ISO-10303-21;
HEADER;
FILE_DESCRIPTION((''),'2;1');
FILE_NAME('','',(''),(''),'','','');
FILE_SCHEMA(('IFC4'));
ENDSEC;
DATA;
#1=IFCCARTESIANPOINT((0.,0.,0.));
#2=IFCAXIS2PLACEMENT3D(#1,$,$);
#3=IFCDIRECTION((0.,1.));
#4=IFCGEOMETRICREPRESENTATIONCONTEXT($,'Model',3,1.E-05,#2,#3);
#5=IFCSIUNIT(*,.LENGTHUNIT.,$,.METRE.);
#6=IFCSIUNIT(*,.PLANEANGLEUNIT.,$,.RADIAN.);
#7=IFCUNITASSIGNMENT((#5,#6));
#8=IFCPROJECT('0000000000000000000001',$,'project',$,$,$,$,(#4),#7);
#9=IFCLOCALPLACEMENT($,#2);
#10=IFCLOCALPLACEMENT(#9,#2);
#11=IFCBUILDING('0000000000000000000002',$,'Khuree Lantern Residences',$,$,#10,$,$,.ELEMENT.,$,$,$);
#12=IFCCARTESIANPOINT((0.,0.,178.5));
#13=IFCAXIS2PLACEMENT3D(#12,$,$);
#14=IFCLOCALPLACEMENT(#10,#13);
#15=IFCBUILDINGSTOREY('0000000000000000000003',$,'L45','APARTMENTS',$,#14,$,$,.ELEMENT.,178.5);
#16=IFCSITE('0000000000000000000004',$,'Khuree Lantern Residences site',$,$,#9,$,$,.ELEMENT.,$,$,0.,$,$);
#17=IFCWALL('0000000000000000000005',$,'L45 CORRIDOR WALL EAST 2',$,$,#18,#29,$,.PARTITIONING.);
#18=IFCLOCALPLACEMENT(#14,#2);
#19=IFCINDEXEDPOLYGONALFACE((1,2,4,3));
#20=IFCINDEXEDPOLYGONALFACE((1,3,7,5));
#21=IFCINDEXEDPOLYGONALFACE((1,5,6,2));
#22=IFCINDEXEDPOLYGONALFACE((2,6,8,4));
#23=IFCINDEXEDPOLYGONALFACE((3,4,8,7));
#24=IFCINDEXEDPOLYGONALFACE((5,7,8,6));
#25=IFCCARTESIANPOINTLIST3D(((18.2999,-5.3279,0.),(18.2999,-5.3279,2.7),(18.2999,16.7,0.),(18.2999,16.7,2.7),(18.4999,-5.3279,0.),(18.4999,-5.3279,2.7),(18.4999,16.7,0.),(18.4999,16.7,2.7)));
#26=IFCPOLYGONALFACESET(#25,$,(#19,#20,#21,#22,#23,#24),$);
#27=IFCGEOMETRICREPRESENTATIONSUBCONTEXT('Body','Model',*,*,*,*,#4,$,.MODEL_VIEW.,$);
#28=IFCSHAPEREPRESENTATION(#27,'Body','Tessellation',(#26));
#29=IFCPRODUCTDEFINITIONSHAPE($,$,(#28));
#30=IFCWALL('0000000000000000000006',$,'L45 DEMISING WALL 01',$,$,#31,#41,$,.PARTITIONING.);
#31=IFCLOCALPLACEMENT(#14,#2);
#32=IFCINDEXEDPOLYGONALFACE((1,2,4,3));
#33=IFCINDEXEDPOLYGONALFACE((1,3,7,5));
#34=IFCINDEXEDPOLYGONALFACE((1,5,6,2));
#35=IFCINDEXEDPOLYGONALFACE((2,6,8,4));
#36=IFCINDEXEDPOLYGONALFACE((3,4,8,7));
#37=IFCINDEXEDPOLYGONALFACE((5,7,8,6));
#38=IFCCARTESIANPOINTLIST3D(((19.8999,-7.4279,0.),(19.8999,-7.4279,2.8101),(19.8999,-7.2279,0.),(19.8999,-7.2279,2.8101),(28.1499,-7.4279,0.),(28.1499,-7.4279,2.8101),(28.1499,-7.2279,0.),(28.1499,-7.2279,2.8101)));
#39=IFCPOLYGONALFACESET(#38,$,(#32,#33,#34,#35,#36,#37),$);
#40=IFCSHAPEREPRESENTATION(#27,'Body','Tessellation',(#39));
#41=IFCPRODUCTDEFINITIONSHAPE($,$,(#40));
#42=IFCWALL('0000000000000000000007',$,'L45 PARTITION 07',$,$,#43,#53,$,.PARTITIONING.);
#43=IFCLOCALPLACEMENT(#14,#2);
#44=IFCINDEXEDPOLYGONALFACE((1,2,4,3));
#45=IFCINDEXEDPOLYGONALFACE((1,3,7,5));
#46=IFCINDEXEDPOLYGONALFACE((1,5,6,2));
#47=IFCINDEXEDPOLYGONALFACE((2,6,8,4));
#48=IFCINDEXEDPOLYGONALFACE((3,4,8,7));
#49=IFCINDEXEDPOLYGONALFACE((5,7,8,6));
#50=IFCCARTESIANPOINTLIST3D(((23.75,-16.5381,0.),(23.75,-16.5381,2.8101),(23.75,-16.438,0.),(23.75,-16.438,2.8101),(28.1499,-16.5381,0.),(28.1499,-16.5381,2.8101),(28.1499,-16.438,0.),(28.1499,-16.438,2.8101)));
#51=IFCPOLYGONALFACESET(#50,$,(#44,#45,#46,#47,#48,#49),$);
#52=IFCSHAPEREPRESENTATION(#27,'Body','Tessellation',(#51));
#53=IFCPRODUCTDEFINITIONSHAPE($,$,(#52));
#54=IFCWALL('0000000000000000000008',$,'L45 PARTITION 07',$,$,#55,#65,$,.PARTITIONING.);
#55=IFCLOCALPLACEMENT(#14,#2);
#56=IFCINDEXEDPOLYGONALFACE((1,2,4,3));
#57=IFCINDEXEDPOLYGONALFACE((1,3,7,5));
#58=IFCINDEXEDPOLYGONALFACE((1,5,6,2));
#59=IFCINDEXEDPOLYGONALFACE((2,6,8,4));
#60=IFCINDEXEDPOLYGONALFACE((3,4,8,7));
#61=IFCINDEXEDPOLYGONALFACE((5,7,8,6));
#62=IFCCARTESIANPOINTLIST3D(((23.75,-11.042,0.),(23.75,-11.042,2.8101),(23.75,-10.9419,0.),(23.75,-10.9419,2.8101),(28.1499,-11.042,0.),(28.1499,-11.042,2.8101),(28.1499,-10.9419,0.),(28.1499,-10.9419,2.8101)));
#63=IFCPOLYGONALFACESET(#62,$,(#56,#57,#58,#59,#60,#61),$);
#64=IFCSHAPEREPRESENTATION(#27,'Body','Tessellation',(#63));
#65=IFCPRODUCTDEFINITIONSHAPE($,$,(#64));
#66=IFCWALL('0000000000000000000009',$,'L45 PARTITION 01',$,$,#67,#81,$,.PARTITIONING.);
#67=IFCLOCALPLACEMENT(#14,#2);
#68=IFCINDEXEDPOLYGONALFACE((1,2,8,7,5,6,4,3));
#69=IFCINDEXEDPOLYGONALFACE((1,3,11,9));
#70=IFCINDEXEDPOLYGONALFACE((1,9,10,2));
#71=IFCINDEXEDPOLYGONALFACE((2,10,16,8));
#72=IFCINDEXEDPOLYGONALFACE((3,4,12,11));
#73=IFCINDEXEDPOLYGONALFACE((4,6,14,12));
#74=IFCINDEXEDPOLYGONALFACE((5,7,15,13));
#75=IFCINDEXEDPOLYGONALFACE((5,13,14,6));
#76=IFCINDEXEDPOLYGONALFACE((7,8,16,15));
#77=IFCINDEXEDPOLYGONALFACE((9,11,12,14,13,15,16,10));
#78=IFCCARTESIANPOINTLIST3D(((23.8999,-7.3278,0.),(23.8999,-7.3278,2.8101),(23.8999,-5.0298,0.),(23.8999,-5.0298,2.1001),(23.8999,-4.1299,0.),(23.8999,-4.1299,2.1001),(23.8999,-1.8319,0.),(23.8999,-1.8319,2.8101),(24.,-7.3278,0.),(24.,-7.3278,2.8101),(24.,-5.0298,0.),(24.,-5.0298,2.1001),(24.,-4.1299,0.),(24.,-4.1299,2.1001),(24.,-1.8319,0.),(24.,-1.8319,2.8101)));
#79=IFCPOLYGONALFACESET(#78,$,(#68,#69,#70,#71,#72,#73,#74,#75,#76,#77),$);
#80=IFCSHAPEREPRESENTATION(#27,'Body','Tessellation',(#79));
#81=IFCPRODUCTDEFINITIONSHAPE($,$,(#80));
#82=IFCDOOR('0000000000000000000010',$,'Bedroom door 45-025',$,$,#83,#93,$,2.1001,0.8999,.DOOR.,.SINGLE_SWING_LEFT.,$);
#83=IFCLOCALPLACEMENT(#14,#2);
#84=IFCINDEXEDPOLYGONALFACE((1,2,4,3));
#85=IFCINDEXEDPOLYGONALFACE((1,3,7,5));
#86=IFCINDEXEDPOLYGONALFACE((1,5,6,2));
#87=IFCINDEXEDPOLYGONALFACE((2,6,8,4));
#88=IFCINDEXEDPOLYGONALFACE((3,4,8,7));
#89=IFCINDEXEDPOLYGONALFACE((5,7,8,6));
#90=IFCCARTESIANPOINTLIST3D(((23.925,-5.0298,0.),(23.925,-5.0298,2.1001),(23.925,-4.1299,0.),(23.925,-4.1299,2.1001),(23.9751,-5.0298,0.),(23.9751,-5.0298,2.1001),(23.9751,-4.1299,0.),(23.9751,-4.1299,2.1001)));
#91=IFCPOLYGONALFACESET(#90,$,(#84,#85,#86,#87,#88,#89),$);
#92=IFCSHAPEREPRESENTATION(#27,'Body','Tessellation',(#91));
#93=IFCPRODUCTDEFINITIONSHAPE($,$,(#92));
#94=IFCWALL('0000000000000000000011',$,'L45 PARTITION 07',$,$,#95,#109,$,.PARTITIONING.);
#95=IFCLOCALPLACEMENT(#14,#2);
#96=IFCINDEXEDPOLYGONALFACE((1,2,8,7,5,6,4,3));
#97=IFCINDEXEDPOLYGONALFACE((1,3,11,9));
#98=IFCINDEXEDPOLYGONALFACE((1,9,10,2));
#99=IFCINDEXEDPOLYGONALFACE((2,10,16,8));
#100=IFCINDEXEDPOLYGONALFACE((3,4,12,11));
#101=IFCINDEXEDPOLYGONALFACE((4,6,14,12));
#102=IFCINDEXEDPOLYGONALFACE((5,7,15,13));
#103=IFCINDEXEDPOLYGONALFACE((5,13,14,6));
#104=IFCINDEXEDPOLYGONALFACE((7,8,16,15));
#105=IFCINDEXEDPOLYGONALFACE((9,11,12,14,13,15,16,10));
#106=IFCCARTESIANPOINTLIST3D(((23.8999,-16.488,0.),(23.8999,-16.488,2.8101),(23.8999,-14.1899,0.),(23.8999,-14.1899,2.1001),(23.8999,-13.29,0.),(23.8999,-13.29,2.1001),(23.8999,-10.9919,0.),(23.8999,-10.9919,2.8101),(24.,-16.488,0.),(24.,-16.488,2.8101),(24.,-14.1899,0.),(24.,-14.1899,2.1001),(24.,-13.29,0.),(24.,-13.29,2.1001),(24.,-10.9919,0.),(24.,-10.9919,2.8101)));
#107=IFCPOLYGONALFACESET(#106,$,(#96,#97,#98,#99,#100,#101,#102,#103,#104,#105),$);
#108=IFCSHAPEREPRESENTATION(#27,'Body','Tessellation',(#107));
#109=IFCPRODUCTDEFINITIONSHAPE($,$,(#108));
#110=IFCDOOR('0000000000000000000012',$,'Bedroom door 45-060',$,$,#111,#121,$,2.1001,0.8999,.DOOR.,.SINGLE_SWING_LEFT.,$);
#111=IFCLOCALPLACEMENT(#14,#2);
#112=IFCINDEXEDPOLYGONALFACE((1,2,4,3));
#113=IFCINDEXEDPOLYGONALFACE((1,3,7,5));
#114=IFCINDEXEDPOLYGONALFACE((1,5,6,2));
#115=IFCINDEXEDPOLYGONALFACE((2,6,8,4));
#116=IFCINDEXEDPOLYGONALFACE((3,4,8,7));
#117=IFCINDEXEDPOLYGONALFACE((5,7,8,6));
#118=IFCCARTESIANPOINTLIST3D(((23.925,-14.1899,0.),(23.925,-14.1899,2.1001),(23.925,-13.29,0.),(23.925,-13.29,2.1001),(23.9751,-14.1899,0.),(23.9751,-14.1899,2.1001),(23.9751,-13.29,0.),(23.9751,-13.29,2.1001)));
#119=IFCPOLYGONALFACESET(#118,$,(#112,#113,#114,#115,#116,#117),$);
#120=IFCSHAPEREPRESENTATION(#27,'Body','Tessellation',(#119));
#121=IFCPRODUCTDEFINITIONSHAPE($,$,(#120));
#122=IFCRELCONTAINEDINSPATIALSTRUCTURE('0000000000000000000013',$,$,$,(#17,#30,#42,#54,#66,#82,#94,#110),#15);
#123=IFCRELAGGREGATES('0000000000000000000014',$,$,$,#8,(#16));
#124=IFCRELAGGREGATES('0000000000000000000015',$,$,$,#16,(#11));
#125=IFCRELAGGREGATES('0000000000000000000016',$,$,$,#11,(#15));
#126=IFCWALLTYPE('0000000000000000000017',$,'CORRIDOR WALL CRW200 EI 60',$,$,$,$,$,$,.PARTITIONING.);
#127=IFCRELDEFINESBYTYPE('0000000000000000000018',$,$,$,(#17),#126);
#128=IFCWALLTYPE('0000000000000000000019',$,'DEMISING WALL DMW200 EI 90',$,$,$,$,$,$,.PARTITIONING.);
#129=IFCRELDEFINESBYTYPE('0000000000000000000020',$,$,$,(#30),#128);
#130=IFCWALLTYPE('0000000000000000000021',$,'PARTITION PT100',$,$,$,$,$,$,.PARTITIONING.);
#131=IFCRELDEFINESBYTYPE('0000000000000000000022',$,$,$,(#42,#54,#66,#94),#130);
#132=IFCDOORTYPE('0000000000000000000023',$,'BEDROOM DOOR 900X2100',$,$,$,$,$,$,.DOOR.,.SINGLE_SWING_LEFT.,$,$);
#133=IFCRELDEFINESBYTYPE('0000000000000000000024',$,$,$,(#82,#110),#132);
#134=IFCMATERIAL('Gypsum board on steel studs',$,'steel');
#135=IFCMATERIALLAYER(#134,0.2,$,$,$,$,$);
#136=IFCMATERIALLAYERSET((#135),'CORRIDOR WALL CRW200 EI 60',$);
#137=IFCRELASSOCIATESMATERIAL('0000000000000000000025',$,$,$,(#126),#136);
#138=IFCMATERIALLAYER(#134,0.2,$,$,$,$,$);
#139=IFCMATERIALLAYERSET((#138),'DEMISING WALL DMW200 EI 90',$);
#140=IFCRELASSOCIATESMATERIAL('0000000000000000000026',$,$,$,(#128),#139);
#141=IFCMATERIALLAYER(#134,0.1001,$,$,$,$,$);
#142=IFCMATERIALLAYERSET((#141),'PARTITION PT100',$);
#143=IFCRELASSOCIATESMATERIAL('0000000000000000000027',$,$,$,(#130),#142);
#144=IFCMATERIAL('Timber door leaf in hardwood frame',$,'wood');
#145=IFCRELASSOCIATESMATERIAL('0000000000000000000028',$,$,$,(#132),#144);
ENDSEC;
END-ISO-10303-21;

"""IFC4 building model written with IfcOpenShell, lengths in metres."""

from ifc_helpers import new_model, si_unit, direction, frame, frame_2d, origin, place, context, subcontext, project, spatial, rectangle, extrude, material, layer, layer_set, type_object, element, fill, save


model = new_model("IFC4")

# Units and contexts
model_context = context("Model", 3, precision=1e-05, world=origin(), true_north=direction((0.0, 1.0)))
body_context = subcontext(model_context, "Body", "Model", "MODEL_VIEW")
ifc_project = project(units=[si_unit("LENGTHUNIT", "METRE"), si_unit("PLANEANGLEUNIT", "RADIAN")], contexts=[model_context])

# Site, building, storey
site_placement = place(None, origin())
site = spatial("IfcSite", under=ifc_project, at=site_placement, Name="Khuree Lantern Residences site", CompositionType="ELEMENT", RefElevation=0.0)
building_placement = place(site_placement, origin())
building = spatial("IfcBuilding", under=site, at=building_placement, Name="Khuree Lantern Residences", CompositionType="ELEMENT")
storey_placement = place(building_placement, frame((0.0, 0.0, 178.5)))
storey = spatial("IfcBuildingStorey", under=building, at=storey_placement, Name="L45", Description="APARTMENTS", CompositionType="ELEMENT", Elevation=178.5)

# Shared definitions
ifc_material_1 = material(Name="Timber door leaf in hardwood frame", Category="wood")

# Shared definitions
ifc_material_2 = material(Name="Gypsum board on steel studs", Category="steel")
ifc_layer_1 = layer(ifc_material_2, 0.2)
ifc_layer_set_1 = layer_set([ifc_layer_1], Name="CORRIDOR WALL CRW200 EI 60")
wall_type_1 = type_object("IfcWallType", Name="CORRIDOR WALL CRW200 EI 60", PredefinedType="PARTITIONING", material=ifc_layer_set_1)

# Walls
wall_1_placement = place(storey_placement, frame((18.3999, -5.3279, 0.0), z_axis=(0.0, 0.0, 1.0), x_axis=(0.0, 1.0, 0.0)))
element("IfcWall", 1, at=wall_1_placement, inside=storey, type_object=wall_type_1, Name="L45 CORRIDOR WALL EAST 2", PredefinedType="PARTITIONING", context=body_context, shape_type="SweptSolid", body=[
    extrude(rectangle(XDim=22.0278, YDim=0.2, at=frame_2d((11.0139, 0.0))), origin(), (0.0, 0.0, 1.0), 2.7),
])
ifc_layer_2 = layer(ifc_material_2, 0.2)
ifc_layer_set_2 = layer_set([ifc_layer_2], Name="DEMISING WALL DMW200 EI 90")
wall_type_2 = type_object("IfcWallType", Name="DEMISING WALL DMW200 EI 90", PredefinedType="PARTITIONING", material=ifc_layer_set_2)
wall_2_placement = place(storey_placement, frame((19.8999, -7.3279, 0.0), z_axis=(0.0, 0.0, 1.0), x_axis=(1.0, 0.0, 0.0)))
element("IfcWall", 2, at=wall_2_placement, inside=storey, type_object=wall_type_2, Name="L45 DEMISING WALL 01", PredefinedType="PARTITIONING", context=body_context, shape_type="SweptSolid", body=[
    extrude(rectangle(XDim=8.25, YDim=0.2, at=frame_2d((4.125, 0.0))), origin(), (0.0, 0.0, 1.0), 2.8101),
])
ifc_layer_3 = layer(ifc_material_2, 0.1001)
ifc_layer_set_3 = layer_set([ifc_layer_3], Name="PARTITION PT100")
wall_type_3 = type_object("IfcWallType", Name="PARTITION PT100", PredefinedType="PARTITIONING", material=ifc_layer_set_3)
for number, where, z_axis, x_axis, name in (
    (3, (23.75, -16.488, 0.0), (0.0, 0.0, 1.0), (1.0, 0.0, 0.0), "L45 PARTITION 07"),
    (4, (23.75, -10.9919, 0.0), (0.0, 0.0, 1.0), (1.0, 0.0, 0.0), "L45 PARTITION 07"),
):
    element("IfcWall", number, at=place(storey_placement, frame(where, z_axis=z_axis, x_axis=x_axis)), inside=storey, type_object=wall_type_3, Name=name, PredefinedType="PARTITIONING", context=body_context, shape_type="SweptSolid", body=[
        extrude(rectangle(XDim=4.3999, YDim=0.1001, at=frame_2d((2.2, 0.0))), origin(), (0.0, 0.0, 1.0), 2.8101),
    ])

# Walls, openings, doors
wall_3_placement = place(storey_placement, frame((23.95, -7.3279, 0.0), z_axis=(0.0, 0.0, 1.0), x_axis=(0.0, 1.0, 0.0)))
wall_3 = element("IfcWall", 5, at=wall_3_placement, inside=storey, type_object=wall_type_3, Name="L45 PARTITION 01", PredefinedType="PARTITIONING", context=body_context, shape_type="SweptSolid", body=[
    extrude(rectangle(XDim=5.4958, YDim=0.1001, at=frame_2d((2.748, 0.0))), origin(), (0.0, 0.0, 1.0), 2.8101),
])
opening_1_placement = place(wall_3_placement, frame((2.2981, 0.0, 0.0)))
opening_1 = element("IfcOpeningElement", 6, at=opening_1_placement, cuts=wall_3, PredefinedType="OPENING", context=body_context, shape_type="SweptSolid", body=[
    extrude(rectangle(XDim=0.8999, YDim=2.1001, at=frame_2d((0.45, 1.05))), frame((0.0, 0.0601, 0.0), z_axis=(0.0, -1.0, 0.0), x_axis=(1.0, 0.0, 0.0)), (0.0, 0.0, 1.0), 0.1201),
])
door_type_1 = type_object("IfcDoorType", Name="BEDROOM DOOR 900X2100", OperationType="SINGLE_SWING_LEFT", PredefinedType="DOOR", material=ifc_material_1)
door_1_placement = place(opening_1_placement, origin())
door_1 = element("IfcDoor", 7, at=door_1_placement, inside=storey, type_object=door_type_1, Name="Bedroom door 45-025", OperationType="SINGLE_SWING_LEFT", OverallHeight=2.1001, OverallWidth=0.8999, PredefinedType="DOOR", context=body_context, shape_type="SweptSolid", body=[
    extrude(rectangle(XDim=0.8999, YDim=2.1001, at=frame_2d((0.45, 1.05))), frame((0.0, 0.0249, 0.0), z_axis=(0.0, -1.0, 0.0), x_axis=(1.0, 0.0, 0.0)), (0.0, 0.0, 1.0), 0.05),
])
fill(opening_1, door_1)
wall_4_placement = place(storey_placement, frame((23.95, -16.488, 0.0), z_axis=(0.0, 0.0, 1.0), x_axis=(0.0, 1.0, 0.0)))
wall_4 = element("IfcWall", 8, at=wall_4_placement, inside=storey, type_object=wall_type_3, Name="L45 PARTITION 07", PredefinedType="PARTITIONING", context=body_context, shape_type="SweptSolid", body=[
    extrude(rectangle(XDim=5.4961, YDim=0.1001, at=frame_2d((2.748, 0.0))), origin(), (0.0, 0.0, 1.0), 2.8101),
])
opening_2_placement = place(wall_4_placement, frame((2.2981, 0.0, 0.0)))
opening_2 = element("IfcOpeningElement", 9, at=opening_2_placement, cuts=wall_4, PredefinedType="OPENING", context=body_context, shape_type="SweptSolid", body=[
    extrude(rectangle(XDim=0.8999, YDim=2.1001, at=frame_2d((0.45, 1.05))), frame((0.0, 0.0601, 0.0), z_axis=(0.0, -1.0, 0.0), x_axis=(1.0, 0.0, 0.0)), (0.0, 0.0, 1.0), 0.1201),
])
door_2_placement = place(opening_2_placement, origin())
door_2 = element("IfcDoor", 10, at=door_2_placement, inside=storey, type_object=door_type_1, Name="Bedroom door 45-060", OperationType="SINGLE_SWING_LEFT", OverallHeight=2.1001, OverallWidth=0.8999, PredefinedType="DOOR", context=body_context, shape_type="SweptSolid", body=[
    extrude(rectangle(XDim=0.8999, YDim=2.1001, at=frame_2d((0.45, 1.05))), frame((0.0, 0.0249, 0.0), z_axis=(0.0, -1.0, 0.0), x_axis=(1.0, 0.0, 0.0)), (0.0, 0.0, 1.0), 0.05),
])
fill(opening_2, door_2)

save(model, "model.ifc")
